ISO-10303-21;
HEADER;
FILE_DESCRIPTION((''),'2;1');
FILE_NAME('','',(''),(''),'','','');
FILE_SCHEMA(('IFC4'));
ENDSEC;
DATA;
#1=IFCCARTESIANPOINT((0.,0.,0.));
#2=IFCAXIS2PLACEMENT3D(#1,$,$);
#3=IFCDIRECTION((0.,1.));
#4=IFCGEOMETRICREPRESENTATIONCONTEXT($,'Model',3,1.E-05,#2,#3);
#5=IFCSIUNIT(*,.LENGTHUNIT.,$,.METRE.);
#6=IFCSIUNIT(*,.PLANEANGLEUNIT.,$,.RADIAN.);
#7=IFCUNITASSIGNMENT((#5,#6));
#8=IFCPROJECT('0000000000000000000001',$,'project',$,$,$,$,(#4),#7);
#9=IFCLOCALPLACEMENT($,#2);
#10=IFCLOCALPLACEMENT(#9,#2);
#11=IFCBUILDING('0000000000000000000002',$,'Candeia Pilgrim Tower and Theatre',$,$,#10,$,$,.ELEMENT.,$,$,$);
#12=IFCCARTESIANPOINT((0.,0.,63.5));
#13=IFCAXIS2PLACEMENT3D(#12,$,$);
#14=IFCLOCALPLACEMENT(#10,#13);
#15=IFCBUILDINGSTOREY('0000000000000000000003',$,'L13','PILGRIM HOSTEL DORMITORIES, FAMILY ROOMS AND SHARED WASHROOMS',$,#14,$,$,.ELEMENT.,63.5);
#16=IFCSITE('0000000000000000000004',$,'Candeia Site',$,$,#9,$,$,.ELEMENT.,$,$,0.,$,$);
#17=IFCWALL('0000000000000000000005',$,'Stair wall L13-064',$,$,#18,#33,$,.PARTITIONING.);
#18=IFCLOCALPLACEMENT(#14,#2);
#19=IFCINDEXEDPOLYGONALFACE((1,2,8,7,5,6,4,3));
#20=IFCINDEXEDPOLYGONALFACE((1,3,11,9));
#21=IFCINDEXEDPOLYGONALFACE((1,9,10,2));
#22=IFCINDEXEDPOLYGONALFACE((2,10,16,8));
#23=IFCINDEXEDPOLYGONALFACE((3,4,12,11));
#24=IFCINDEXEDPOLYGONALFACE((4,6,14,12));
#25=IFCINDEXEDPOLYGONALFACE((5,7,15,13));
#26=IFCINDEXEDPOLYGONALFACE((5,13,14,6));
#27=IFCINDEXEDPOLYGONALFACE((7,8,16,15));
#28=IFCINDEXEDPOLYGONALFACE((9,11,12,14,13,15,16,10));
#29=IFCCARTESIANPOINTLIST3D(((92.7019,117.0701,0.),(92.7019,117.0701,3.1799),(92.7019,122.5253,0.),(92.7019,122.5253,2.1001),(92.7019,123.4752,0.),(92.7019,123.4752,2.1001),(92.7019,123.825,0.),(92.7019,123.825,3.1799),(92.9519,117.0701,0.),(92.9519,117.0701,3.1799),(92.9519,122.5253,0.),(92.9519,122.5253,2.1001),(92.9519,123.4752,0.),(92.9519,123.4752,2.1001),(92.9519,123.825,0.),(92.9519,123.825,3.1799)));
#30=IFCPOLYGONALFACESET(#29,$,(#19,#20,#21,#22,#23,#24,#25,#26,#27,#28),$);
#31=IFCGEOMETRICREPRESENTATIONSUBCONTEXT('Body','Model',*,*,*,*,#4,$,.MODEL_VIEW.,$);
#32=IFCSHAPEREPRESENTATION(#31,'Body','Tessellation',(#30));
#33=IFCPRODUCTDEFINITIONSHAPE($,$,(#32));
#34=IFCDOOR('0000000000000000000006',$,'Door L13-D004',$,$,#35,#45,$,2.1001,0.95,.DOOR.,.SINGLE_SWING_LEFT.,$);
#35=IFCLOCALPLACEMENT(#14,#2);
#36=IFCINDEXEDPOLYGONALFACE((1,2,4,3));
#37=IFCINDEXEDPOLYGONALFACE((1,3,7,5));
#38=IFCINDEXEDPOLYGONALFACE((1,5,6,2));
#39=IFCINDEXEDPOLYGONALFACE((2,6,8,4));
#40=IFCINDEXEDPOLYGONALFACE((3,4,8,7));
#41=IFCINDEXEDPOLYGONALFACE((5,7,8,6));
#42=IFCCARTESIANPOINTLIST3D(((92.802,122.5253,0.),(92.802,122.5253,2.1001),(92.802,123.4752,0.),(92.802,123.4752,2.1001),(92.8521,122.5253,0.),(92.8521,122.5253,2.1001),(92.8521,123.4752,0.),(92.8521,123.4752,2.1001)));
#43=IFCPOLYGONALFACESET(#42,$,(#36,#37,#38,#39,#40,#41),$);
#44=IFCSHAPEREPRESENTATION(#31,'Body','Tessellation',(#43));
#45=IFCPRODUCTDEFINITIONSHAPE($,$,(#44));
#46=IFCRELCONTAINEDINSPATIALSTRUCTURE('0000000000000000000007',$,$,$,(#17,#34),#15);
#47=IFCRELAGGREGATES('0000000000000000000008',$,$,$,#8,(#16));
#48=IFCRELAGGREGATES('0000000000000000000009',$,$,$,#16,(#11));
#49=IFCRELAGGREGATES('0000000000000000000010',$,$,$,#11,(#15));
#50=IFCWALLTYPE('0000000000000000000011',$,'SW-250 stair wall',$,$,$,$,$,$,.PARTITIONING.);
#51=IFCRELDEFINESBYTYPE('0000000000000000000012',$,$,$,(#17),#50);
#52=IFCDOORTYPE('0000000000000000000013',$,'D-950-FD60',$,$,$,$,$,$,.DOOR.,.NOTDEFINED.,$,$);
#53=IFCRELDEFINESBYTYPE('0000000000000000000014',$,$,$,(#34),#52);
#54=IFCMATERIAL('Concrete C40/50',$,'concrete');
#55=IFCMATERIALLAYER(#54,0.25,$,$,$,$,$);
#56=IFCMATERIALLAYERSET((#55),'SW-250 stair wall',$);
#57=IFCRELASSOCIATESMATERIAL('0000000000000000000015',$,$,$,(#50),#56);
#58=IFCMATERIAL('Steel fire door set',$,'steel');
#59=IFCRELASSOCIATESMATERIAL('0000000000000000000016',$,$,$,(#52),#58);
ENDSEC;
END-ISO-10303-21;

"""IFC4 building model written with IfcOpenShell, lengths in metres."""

from ifc_helpers import new_model, si_unit, direction, frame, frame_2d, origin, place, context, subcontext, project, spatial, rectangle, extrude, material, layer, layer_set, type_object, element, fill, save


model = new_model("IFC4")

# Units and contexts
model_context = context("Model", 3, precision=1e-05, world=origin(), true_north=direction((0.0, 1.0)))
body_context = subcontext(model_context, "Body", "Model", "MODEL_VIEW")
ifc_project = project(units=[si_unit("LENGTHUNIT", "METRE"), si_unit("PLANEANGLEUNIT", "RADIAN")], contexts=[model_context])

# Site, building, storey
site_placement = place(None, origin())
site = spatial("IfcSite", under=ifc_project, at=site_placement, Name="Candeia Site", CompositionType="ELEMENT", RefElevation=0.0)
building_placement = place(site_placement, origin())
building = spatial("IfcBuilding", under=site, at=building_placement, Name="Candeia Pilgrim Tower and Theatre", CompositionType="ELEMENT")
storey_placement = place(building_placement, frame((0.0, 0.0, 63.5)))
storey = spatial("IfcBuildingStorey", under=building, at=storey_placement, Name="L13", Description="PILGRIM HOSTEL DORMITORIES, FAMILY ROOMS AND SHARED WASHROOMS", CompositionType="ELEMENT", Elevation=63.5)

# Shared definitions
ifc_material_1 = material(Name="Steel fire door set", Category="steel")

# Shared definitions
ifc_material_2 = material(Name="Concrete C40/50", Category="concrete")

# Wall, opening, door
ifc_layer_1 = layer(ifc_material_2, 0.25)
ifc_layer_set_1 = layer_set([ifc_layer_1], Name="SW-250 stair wall")
wall_type_1 = type_object("IfcWallType", Name="SW-250 stair wall", PredefinedType="PARTITIONING", material=ifc_layer_set_1)
wall_1_placement = place(storey_placement, frame((92.8269, 117.0701, 0.0), z_axis=(0.0, 0.0, 1.0), x_axis=(0.0, 1.0, 0.0)))
wall_1 = element("IfcWall", 1, at=wall_1_placement, inside=storey, type_object=wall_type_1, Name="Stair wall L13-064", PredefinedType="PARTITIONING", context=body_context, shape_type="SweptSolid", body=[
    extrude(rectangle(XDim=6.7549, YDim=0.25, at=frame_2d((3.3774, 0.0))), origin(), (0.0, 0.0, 1.0), 3.1799),
])
opening_1_placement = place(wall_1_placement, frame((5.4551, 0.0, 0.0)))
opening_1 = element("IfcOpeningElement", 2, at=opening_1_placement, cuts=wall_1, PredefinedType="OPENING", context=body_context, shape_type="SweptSolid", body=[
    extrude(rectangle(XDim=0.95, YDim=2.1001, at=frame_2d((0.4751, 1.05))), frame((0.0, 0.135, 0.0), z_axis=(0.0, -1.0, 0.0), x_axis=(1.0, 0.0, 0.0)), (0.0, 0.0, 1.0), 0.27),
])
door_type_1 = type_object("IfcDoorType", Name="D-950-FD60", OperationType="NOTDEFINED", PredefinedType="DOOR", material=ifc_material_1)
door_1_placement = place(opening_1_placement, origin())
door_1 = element("IfcDoor", 3, at=door_1_placement, inside=storey, type_object=door_type_1, Name="Door L13-D004", OperationType="SINGLE_SWING_LEFT", OverallHeight=2.1001, OverallWidth=0.95, PredefinedType="DOOR", context=body_context, shape_type="SweptSolid", body=[
    extrude(rectangle(XDim=0.95, YDim=2.1001, at=frame_2d((0.4751, 1.05))), frame((0.0, 0.0249, 0.0), z_axis=(0.0, -1.0, 0.0), x_axis=(1.0, 0.0, 0.0)), (0.0, 0.0, 1.0), 0.05),
])
fill(opening_1, door_1)

save(model, "model.ifc")
